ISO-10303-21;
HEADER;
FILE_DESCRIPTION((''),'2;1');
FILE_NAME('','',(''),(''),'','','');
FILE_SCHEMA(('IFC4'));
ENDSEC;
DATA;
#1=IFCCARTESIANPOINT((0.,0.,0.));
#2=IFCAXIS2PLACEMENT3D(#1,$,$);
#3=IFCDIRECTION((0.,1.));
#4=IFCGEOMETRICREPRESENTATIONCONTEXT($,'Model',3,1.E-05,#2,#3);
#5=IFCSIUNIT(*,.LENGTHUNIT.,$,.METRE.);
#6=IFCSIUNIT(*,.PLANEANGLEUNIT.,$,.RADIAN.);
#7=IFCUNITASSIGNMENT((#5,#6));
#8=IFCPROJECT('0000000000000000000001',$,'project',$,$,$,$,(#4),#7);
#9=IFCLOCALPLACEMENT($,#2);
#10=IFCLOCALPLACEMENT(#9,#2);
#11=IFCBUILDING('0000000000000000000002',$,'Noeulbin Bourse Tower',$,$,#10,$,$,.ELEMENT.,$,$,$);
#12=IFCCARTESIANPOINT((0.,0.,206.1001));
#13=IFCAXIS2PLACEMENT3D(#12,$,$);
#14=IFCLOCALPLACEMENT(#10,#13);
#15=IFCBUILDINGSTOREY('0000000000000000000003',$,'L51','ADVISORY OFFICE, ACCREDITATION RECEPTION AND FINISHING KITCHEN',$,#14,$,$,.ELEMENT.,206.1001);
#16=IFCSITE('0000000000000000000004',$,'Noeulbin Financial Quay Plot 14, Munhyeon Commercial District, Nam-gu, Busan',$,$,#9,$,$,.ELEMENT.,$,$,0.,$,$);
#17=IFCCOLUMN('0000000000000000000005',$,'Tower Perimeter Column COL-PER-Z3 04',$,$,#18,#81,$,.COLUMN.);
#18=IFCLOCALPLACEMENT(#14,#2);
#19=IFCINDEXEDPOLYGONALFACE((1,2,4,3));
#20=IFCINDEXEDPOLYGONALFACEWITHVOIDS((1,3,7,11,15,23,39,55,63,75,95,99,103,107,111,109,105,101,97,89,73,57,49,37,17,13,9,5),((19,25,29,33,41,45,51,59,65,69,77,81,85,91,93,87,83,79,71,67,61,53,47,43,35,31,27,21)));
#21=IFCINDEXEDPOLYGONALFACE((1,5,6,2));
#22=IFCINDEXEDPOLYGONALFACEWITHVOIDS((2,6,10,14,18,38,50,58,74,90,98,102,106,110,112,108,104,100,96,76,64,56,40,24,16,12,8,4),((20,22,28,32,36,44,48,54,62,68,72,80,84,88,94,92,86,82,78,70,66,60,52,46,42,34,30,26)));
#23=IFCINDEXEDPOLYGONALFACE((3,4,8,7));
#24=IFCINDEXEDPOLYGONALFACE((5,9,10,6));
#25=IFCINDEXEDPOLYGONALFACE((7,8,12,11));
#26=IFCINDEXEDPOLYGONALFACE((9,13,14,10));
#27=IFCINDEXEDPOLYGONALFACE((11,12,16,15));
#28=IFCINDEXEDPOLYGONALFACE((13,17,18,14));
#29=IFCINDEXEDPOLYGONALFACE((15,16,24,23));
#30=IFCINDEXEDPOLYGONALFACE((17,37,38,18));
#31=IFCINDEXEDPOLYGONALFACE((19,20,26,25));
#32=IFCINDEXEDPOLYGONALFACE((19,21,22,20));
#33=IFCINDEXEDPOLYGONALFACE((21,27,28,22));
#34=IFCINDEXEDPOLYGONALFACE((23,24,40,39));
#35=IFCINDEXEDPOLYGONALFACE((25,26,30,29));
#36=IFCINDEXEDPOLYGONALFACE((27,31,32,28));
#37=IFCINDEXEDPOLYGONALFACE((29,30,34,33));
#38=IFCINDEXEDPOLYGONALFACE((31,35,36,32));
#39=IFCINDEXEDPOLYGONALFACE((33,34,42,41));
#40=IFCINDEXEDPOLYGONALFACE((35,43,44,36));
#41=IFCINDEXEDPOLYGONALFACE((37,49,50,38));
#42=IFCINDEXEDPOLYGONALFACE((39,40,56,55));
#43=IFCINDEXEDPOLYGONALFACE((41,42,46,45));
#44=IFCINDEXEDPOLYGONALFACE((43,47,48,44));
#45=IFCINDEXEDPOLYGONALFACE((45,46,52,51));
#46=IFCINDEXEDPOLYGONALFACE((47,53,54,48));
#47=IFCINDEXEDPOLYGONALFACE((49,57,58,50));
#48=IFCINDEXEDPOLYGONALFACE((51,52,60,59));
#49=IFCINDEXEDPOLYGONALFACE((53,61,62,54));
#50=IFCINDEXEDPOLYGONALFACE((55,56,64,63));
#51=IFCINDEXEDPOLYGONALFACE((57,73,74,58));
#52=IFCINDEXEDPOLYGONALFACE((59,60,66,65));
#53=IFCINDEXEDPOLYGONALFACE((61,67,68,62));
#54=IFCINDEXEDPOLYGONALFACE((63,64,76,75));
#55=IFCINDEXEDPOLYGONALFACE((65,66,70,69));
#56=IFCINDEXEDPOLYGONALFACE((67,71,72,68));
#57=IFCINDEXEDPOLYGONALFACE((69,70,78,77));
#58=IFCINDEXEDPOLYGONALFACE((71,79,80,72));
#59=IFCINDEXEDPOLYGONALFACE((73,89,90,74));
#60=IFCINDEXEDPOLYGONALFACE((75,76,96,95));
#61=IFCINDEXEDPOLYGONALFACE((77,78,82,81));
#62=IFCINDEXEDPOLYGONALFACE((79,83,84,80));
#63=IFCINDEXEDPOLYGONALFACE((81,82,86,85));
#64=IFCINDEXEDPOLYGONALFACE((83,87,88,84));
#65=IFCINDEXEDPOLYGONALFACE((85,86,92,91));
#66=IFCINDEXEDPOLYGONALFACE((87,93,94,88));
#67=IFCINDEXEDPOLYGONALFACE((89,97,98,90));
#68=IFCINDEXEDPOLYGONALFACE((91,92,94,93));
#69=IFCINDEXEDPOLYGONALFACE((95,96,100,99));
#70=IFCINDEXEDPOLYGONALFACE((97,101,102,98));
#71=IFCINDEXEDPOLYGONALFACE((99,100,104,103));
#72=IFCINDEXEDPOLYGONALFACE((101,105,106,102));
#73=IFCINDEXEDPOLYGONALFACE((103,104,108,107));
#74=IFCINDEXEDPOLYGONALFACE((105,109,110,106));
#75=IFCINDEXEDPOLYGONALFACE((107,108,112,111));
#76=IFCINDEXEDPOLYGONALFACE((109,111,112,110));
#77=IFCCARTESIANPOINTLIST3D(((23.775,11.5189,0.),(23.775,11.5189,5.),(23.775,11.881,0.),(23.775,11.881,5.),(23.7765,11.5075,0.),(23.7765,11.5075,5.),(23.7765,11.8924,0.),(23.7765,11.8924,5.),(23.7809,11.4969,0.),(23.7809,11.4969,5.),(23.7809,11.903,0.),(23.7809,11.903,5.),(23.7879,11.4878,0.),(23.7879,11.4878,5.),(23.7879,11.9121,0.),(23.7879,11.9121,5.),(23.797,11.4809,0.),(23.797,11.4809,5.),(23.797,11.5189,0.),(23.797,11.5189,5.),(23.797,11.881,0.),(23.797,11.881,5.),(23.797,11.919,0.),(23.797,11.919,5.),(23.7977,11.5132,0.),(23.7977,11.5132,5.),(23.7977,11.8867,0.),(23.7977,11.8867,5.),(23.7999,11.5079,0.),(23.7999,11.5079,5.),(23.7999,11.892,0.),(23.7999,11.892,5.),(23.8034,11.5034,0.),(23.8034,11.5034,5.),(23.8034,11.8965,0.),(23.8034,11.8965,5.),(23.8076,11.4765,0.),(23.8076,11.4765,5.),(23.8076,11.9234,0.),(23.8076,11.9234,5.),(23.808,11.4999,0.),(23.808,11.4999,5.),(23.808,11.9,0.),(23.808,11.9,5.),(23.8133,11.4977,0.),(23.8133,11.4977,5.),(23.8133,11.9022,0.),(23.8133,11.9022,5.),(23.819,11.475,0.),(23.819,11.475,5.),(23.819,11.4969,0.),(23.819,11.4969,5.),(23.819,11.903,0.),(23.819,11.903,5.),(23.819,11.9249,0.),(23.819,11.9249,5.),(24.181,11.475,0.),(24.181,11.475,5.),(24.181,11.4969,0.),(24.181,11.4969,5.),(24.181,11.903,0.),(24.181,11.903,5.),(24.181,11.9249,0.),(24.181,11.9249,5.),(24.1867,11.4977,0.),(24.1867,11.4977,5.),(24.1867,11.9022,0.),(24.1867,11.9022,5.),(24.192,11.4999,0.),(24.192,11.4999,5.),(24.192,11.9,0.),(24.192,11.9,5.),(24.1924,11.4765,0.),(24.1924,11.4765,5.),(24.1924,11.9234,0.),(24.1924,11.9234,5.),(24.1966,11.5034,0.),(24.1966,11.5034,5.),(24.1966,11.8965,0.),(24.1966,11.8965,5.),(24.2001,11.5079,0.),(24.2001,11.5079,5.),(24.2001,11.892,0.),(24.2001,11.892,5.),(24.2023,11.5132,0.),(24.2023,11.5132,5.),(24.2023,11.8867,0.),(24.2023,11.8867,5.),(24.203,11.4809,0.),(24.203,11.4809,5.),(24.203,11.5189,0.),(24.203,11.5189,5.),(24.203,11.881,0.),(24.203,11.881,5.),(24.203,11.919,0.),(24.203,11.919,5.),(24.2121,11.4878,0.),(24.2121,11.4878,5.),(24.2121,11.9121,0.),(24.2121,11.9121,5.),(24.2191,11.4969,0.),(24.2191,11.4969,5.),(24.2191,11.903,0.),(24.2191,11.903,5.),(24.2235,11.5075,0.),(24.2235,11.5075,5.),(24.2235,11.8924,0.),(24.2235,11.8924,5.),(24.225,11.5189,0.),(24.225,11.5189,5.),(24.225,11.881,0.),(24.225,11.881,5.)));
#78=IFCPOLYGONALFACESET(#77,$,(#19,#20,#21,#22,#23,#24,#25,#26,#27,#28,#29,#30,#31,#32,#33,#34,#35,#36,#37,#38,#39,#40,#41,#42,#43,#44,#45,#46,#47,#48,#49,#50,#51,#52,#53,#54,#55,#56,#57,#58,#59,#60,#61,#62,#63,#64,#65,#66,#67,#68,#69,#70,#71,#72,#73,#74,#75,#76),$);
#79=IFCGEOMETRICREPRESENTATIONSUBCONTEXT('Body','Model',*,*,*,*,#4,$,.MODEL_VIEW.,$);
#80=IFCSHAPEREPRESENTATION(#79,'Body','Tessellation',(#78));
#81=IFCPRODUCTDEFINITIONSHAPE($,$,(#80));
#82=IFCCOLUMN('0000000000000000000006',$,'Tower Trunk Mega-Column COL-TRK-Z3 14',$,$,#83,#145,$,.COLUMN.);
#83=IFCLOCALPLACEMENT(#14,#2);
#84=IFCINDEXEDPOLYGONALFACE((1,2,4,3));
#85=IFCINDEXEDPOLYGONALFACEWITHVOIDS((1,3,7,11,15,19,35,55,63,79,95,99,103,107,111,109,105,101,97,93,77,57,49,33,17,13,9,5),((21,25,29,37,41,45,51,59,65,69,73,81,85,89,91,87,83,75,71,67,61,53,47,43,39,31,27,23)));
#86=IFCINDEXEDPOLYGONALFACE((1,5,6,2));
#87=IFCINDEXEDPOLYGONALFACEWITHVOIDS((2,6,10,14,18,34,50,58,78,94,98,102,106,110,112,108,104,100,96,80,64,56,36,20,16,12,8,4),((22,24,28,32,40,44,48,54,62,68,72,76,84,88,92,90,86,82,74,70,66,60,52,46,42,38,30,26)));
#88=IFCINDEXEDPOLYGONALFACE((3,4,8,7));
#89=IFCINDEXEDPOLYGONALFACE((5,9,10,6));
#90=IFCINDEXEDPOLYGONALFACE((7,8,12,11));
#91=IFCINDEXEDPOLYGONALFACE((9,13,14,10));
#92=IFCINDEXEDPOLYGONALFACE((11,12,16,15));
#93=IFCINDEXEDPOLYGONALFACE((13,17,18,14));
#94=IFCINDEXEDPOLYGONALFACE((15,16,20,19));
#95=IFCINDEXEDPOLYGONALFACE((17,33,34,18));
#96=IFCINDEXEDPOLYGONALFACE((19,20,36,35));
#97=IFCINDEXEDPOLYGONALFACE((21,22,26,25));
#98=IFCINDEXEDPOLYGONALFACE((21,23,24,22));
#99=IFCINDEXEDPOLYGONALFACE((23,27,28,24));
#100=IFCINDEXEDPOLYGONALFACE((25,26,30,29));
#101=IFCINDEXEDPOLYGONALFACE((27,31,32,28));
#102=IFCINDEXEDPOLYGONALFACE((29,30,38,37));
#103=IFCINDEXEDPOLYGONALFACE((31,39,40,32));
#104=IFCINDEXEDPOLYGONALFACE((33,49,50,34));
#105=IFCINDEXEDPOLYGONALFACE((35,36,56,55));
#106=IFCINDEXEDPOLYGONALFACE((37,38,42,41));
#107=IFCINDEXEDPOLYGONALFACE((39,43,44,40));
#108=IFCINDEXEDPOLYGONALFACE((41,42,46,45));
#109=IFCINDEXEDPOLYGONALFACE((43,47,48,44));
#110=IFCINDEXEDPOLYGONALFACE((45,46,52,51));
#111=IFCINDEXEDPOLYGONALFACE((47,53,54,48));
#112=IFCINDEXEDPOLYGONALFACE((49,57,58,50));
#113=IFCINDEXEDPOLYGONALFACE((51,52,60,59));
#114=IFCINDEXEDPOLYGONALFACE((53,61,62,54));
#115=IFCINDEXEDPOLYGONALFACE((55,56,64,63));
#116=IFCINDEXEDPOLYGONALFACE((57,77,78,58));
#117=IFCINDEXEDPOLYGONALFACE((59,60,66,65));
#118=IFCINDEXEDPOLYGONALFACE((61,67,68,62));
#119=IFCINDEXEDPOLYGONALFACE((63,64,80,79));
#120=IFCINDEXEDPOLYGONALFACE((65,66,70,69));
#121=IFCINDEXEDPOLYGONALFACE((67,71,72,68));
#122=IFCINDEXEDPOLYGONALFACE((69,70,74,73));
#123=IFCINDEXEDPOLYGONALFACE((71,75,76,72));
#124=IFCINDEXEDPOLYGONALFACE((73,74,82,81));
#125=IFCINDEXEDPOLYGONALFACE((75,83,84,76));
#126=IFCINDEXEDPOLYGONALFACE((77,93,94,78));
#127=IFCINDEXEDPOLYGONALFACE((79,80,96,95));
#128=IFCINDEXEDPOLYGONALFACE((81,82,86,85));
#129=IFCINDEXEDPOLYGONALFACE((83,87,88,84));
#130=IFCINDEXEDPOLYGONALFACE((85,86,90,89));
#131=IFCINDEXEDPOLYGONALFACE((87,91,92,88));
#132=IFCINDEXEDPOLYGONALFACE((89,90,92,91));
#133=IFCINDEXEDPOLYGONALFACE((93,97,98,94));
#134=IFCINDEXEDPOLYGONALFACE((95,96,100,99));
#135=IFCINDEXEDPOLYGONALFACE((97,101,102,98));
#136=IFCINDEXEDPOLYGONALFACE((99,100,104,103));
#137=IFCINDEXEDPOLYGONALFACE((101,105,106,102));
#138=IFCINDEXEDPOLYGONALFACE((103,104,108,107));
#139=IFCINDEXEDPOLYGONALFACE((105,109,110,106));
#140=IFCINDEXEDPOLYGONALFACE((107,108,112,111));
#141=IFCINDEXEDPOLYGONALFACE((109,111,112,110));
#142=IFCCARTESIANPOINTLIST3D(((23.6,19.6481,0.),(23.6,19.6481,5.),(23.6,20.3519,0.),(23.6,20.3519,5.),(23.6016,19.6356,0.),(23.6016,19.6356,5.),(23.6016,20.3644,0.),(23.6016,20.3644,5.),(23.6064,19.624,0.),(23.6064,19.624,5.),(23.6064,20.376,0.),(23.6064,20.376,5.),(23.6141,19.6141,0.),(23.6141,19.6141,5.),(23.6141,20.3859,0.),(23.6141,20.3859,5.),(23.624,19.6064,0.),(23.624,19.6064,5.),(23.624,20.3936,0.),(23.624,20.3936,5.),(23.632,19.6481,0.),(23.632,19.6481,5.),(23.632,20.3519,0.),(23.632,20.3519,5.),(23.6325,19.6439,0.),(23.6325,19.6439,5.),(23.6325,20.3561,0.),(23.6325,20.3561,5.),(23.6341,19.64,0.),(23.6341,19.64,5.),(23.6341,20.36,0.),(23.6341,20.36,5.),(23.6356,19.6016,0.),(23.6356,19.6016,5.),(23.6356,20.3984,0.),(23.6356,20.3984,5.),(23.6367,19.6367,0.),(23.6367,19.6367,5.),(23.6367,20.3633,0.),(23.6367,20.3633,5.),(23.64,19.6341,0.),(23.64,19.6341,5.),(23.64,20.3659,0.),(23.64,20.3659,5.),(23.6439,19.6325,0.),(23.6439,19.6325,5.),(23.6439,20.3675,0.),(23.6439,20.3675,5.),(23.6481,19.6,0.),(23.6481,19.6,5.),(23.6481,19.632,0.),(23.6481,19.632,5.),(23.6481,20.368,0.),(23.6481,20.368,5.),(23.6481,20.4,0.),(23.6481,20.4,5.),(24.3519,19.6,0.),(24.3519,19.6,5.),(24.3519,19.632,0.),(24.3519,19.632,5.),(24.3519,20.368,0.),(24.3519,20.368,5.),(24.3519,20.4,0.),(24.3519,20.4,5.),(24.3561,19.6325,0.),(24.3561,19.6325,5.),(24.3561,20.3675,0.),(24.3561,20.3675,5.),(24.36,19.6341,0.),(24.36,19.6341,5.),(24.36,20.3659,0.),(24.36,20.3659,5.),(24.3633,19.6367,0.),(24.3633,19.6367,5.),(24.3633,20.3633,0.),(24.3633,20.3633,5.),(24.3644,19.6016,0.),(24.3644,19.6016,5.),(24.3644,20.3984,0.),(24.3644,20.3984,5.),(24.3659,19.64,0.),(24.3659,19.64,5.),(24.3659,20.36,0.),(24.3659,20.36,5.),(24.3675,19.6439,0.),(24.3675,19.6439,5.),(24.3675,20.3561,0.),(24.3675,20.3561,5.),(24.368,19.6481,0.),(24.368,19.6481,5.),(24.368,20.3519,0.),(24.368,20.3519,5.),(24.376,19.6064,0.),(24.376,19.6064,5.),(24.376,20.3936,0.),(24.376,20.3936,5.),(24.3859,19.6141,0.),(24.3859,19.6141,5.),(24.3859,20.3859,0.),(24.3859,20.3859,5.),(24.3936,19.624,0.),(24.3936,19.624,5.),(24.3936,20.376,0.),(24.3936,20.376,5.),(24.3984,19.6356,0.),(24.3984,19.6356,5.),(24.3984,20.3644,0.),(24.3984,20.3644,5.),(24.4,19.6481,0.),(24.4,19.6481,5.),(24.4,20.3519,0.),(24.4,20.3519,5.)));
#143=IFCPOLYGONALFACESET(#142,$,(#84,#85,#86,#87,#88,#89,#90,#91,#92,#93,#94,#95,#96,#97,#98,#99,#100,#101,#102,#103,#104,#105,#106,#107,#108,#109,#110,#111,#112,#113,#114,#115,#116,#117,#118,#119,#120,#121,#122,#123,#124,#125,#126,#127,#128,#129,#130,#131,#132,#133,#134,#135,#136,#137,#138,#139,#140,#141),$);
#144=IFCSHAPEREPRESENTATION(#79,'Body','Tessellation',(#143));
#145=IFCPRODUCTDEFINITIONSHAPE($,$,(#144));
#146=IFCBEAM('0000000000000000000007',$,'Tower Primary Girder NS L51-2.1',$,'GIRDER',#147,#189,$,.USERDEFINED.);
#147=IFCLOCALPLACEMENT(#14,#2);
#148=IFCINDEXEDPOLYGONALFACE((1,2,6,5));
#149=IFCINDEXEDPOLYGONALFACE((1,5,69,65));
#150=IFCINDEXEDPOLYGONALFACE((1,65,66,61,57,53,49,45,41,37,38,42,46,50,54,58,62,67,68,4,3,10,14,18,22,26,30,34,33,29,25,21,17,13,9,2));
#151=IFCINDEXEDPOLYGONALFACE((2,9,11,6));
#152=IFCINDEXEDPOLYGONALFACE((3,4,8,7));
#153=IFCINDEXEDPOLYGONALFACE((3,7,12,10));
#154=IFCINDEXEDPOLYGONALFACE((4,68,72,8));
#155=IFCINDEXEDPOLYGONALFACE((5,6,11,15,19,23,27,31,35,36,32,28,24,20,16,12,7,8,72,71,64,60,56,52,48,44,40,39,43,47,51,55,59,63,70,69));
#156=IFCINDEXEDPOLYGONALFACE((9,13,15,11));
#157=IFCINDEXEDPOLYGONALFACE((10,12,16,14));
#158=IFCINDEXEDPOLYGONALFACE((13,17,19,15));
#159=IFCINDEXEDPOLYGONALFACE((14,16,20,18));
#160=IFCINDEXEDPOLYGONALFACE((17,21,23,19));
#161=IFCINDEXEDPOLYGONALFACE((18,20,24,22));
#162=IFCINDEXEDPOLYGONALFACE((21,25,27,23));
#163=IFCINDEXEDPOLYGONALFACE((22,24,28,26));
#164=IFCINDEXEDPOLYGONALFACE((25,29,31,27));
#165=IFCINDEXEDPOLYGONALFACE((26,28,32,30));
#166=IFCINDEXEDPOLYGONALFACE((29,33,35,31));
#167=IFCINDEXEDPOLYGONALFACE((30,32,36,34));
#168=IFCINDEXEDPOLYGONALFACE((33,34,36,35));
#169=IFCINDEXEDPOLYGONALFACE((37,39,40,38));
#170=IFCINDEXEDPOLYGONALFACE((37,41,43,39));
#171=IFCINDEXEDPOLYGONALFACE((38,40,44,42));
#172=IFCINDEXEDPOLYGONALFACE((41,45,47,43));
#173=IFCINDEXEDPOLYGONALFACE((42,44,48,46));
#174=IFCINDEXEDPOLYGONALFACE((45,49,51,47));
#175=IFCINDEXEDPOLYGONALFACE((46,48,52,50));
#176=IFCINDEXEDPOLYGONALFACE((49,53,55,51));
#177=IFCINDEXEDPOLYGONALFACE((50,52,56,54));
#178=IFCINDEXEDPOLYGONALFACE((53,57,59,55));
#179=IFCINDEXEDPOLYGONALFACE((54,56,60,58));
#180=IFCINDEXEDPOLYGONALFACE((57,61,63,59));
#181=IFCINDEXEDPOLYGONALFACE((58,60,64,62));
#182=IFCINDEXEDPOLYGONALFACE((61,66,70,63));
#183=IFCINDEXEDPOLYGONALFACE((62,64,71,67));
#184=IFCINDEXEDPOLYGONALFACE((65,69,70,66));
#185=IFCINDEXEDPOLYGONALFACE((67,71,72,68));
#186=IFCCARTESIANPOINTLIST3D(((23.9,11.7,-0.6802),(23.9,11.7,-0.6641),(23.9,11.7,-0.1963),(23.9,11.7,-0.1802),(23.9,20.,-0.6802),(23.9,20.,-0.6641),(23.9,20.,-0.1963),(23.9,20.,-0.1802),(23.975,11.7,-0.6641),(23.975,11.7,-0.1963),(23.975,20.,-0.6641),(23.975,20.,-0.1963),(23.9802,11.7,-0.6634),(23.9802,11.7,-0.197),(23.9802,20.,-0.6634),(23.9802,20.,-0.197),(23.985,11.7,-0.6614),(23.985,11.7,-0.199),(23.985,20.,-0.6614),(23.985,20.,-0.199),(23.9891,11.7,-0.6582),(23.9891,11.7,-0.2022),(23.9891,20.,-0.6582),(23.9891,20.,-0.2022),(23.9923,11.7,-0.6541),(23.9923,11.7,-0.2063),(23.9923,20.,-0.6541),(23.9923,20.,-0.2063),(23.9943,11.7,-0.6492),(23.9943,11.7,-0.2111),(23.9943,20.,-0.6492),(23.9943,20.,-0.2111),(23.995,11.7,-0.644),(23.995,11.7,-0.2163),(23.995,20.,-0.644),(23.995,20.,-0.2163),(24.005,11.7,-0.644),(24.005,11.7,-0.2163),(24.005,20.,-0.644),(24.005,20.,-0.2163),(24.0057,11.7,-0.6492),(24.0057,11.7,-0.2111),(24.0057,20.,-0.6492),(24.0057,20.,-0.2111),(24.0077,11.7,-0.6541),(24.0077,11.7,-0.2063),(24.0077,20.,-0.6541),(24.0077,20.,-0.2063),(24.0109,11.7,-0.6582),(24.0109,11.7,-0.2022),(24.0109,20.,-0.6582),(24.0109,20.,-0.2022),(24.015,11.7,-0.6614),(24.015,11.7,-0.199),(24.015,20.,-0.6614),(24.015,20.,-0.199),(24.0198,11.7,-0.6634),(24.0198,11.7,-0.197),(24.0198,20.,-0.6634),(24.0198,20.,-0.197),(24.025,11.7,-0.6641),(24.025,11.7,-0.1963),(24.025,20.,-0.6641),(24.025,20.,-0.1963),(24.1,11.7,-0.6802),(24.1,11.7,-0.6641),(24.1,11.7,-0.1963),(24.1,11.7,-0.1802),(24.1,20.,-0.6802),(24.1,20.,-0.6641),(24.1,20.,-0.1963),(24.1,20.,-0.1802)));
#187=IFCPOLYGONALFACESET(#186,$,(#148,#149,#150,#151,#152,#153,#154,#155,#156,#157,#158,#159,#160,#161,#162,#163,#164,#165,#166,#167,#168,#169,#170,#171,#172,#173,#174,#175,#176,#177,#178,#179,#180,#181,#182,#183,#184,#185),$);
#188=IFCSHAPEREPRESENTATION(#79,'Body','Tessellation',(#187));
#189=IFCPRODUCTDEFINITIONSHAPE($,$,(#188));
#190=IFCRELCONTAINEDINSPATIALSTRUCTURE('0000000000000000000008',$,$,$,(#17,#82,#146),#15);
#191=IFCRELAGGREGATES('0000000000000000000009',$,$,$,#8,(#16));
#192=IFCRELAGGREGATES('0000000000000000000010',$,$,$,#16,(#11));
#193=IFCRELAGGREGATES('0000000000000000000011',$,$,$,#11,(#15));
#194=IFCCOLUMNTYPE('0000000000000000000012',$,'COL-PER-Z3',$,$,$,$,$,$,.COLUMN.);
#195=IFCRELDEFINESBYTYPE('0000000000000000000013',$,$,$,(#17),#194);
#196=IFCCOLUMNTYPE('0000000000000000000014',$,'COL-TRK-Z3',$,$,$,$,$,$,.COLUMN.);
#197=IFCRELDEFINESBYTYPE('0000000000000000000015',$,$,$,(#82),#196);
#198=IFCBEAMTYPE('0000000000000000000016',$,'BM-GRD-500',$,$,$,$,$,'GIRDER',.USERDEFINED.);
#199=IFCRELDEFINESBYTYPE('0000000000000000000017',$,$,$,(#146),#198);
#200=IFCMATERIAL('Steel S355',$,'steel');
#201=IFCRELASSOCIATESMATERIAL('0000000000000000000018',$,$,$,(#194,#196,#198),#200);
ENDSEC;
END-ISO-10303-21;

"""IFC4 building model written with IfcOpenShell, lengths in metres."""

from ifc_helpers import new_model, si_unit, direction, frame, origin, origin_2d, place, context, subcontext, project, spatial, hollow_rectangle, i_section, extrude, material, material_profile, profile_set, type_object, element, save


model = new_model("IFC4")

# Units and contexts
model_context = context("Model", 3, precision=1e-05, world=origin(), true_north=direction((0.0, 1.0)))
body_context = subcontext(model_context, "Body", "Model", "MODEL_VIEW")
ifc_project = project(units=[si_unit("LENGTHUNIT", "METRE"), si_unit("PLANEANGLEUNIT", "RADIAN")], contexts=[model_context])

# Site, building, storey
site_placement = place(None, origin())
site = spatial("IfcSite", under=ifc_project, at=site_placement, Name="Noeulbin Financial Quay Plot 14, Munhyeon Commercial District, Nam-gu, Busan", CompositionType="ELEMENT", RefElevation=0.0)
building_placement = place(site_placement, origin())
building = spatial("IfcBuilding", under=site, at=building_placement, Name="Noeulbin Bourse Tower", CompositionType="ELEMENT")
storey_placement = place(building_placement, frame((0.0, 0.0, 206.1001)))
storey = spatial("IfcBuildingStorey", under=building, at=storey_placement, Name="L51", Description="ADVISORY OFFICE, ACCREDITATION RECEPTION AND FINISHING KITCHEN", CompositionType="ELEMENT", Elevation=206.1001)

# Columns
ifc_material_1 = material(Name="Steel S355", Category="steel")
ifc_material_profile_1 = material_profile(ifc_material_1, hollow_rectangle(XDim=0.45, YDim=0.45, WallThickness=0.022, InnerFilletRadius=0.022, OuterFilletRadius=0.0439, at=origin_2d()), Name="SHS-450x450x22", Category="LoadBearing")
ifc_profile_set_1 = profile_set([ifc_material_profile_1], Name="Steel S355")
column_type_1 = type_object("IfcColumnType", Name="COL-PER-Z3", PredefinedType="COLUMN", material=ifc_profile_set_1)
column_1_placement = place(storey_placement, frame((24.0, 11.7, 0.0), z_axis=(0.0, 0.0, 1.0), x_axis=(1.0, 0.0, 0.0)))
element("IfcColumn", 1, at=column_1_placement, inside=storey, type_object=column_type_1, Name="Tower Perimeter Column COL-PER-Z3 04", PredefinedType="COLUMN", context=body_context, shape_type="SweptSolid", body=[
    extrude(hollow_rectangle(XDim=0.45, YDim=0.45, WallThickness=0.022, InnerFilletRadius=0.022, OuterFilletRadius=0.0439, at=origin_2d()), origin(), (0.0, 0.0, 1.0), 5.0),
])
ifc_material_profile_2 = material_profile(ifc_material_1, hollow_rectangle(XDim=0.8, YDim=0.8, WallThickness=0.032, InnerFilletRadius=0.0161, OuterFilletRadius=0.0481, at=origin_2d()), Name="BOX-800x800x32", Category="LoadBearing")
ifc_profile_set_2 = profile_set([ifc_material_profile_2], Name="Steel S355")
column_type_2 = type_object("IfcColumnType", Name="COL-TRK-Z3", PredefinedType="COLUMN", material=ifc_profile_set_2)
column_2_placement = place(storey_placement, frame((24.0, 20.0, 0.0), z_axis=(0.0, 0.0, 1.0), x_axis=(1.0, 0.0, 0.0)))
element("IfcColumn", 2, at=column_2_placement, inside=storey, type_object=column_type_2, Name="Tower Trunk Mega-Column COL-TRK-Z3 14", PredefinedType="COLUMN", context=body_context, shape_type="SweptSolid", body=[
    extrude(hollow_rectangle(XDim=0.8, YDim=0.8, WallThickness=0.032, InnerFilletRadius=0.0161, OuterFilletRadius=0.0481, at=origin_2d()), origin(), (0.0, 0.0, 1.0), 5.0),
])

# Beam
ifc_material_profile_3 = material_profile(ifc_material_1, i_section(OverallWidth=0.2, OverallDepth=0.5, WebThickness=0.01, FlangeThickness=0.0161, FilletRadius=0.02, at=origin_2d()), Name="H-500x200x10x16", Category="LoadBearing")
ifc_profile_set_3 = profile_set([ifc_material_profile_3], Name="Steel S355")
beam_type_1 = type_object("IfcBeamType", Name="BM-GRD-500", ElementType="GIRDER", PredefinedType="USERDEFINED", material=ifc_profile_set_3)
beam_1_placement = place(storey_placement, frame((24.0, 11.7, -0.4302), z_axis=(0.0, 1.0, 0.0), x_axis=(-1.0, 0.0, 0.0)))
element("IfcBeam", 3, at=beam_1_placement, inside=storey, type_object=beam_type_1, Name="Tower Primary Girder NS L51-2.1", ObjectType="GIRDER", PredefinedType="USERDEFINED", context=body_context, shape_type="SweptSolid", body=[
    extrude(i_section(OverallWidth=0.2, OverallDepth=0.5, WebThickness=0.01, FlangeThickness=0.0161, FilletRadius=0.02, at=origin_2d()), origin(), (0.0, 0.0, 1.0), 8.3),
])

save(model, "model.ifc")
